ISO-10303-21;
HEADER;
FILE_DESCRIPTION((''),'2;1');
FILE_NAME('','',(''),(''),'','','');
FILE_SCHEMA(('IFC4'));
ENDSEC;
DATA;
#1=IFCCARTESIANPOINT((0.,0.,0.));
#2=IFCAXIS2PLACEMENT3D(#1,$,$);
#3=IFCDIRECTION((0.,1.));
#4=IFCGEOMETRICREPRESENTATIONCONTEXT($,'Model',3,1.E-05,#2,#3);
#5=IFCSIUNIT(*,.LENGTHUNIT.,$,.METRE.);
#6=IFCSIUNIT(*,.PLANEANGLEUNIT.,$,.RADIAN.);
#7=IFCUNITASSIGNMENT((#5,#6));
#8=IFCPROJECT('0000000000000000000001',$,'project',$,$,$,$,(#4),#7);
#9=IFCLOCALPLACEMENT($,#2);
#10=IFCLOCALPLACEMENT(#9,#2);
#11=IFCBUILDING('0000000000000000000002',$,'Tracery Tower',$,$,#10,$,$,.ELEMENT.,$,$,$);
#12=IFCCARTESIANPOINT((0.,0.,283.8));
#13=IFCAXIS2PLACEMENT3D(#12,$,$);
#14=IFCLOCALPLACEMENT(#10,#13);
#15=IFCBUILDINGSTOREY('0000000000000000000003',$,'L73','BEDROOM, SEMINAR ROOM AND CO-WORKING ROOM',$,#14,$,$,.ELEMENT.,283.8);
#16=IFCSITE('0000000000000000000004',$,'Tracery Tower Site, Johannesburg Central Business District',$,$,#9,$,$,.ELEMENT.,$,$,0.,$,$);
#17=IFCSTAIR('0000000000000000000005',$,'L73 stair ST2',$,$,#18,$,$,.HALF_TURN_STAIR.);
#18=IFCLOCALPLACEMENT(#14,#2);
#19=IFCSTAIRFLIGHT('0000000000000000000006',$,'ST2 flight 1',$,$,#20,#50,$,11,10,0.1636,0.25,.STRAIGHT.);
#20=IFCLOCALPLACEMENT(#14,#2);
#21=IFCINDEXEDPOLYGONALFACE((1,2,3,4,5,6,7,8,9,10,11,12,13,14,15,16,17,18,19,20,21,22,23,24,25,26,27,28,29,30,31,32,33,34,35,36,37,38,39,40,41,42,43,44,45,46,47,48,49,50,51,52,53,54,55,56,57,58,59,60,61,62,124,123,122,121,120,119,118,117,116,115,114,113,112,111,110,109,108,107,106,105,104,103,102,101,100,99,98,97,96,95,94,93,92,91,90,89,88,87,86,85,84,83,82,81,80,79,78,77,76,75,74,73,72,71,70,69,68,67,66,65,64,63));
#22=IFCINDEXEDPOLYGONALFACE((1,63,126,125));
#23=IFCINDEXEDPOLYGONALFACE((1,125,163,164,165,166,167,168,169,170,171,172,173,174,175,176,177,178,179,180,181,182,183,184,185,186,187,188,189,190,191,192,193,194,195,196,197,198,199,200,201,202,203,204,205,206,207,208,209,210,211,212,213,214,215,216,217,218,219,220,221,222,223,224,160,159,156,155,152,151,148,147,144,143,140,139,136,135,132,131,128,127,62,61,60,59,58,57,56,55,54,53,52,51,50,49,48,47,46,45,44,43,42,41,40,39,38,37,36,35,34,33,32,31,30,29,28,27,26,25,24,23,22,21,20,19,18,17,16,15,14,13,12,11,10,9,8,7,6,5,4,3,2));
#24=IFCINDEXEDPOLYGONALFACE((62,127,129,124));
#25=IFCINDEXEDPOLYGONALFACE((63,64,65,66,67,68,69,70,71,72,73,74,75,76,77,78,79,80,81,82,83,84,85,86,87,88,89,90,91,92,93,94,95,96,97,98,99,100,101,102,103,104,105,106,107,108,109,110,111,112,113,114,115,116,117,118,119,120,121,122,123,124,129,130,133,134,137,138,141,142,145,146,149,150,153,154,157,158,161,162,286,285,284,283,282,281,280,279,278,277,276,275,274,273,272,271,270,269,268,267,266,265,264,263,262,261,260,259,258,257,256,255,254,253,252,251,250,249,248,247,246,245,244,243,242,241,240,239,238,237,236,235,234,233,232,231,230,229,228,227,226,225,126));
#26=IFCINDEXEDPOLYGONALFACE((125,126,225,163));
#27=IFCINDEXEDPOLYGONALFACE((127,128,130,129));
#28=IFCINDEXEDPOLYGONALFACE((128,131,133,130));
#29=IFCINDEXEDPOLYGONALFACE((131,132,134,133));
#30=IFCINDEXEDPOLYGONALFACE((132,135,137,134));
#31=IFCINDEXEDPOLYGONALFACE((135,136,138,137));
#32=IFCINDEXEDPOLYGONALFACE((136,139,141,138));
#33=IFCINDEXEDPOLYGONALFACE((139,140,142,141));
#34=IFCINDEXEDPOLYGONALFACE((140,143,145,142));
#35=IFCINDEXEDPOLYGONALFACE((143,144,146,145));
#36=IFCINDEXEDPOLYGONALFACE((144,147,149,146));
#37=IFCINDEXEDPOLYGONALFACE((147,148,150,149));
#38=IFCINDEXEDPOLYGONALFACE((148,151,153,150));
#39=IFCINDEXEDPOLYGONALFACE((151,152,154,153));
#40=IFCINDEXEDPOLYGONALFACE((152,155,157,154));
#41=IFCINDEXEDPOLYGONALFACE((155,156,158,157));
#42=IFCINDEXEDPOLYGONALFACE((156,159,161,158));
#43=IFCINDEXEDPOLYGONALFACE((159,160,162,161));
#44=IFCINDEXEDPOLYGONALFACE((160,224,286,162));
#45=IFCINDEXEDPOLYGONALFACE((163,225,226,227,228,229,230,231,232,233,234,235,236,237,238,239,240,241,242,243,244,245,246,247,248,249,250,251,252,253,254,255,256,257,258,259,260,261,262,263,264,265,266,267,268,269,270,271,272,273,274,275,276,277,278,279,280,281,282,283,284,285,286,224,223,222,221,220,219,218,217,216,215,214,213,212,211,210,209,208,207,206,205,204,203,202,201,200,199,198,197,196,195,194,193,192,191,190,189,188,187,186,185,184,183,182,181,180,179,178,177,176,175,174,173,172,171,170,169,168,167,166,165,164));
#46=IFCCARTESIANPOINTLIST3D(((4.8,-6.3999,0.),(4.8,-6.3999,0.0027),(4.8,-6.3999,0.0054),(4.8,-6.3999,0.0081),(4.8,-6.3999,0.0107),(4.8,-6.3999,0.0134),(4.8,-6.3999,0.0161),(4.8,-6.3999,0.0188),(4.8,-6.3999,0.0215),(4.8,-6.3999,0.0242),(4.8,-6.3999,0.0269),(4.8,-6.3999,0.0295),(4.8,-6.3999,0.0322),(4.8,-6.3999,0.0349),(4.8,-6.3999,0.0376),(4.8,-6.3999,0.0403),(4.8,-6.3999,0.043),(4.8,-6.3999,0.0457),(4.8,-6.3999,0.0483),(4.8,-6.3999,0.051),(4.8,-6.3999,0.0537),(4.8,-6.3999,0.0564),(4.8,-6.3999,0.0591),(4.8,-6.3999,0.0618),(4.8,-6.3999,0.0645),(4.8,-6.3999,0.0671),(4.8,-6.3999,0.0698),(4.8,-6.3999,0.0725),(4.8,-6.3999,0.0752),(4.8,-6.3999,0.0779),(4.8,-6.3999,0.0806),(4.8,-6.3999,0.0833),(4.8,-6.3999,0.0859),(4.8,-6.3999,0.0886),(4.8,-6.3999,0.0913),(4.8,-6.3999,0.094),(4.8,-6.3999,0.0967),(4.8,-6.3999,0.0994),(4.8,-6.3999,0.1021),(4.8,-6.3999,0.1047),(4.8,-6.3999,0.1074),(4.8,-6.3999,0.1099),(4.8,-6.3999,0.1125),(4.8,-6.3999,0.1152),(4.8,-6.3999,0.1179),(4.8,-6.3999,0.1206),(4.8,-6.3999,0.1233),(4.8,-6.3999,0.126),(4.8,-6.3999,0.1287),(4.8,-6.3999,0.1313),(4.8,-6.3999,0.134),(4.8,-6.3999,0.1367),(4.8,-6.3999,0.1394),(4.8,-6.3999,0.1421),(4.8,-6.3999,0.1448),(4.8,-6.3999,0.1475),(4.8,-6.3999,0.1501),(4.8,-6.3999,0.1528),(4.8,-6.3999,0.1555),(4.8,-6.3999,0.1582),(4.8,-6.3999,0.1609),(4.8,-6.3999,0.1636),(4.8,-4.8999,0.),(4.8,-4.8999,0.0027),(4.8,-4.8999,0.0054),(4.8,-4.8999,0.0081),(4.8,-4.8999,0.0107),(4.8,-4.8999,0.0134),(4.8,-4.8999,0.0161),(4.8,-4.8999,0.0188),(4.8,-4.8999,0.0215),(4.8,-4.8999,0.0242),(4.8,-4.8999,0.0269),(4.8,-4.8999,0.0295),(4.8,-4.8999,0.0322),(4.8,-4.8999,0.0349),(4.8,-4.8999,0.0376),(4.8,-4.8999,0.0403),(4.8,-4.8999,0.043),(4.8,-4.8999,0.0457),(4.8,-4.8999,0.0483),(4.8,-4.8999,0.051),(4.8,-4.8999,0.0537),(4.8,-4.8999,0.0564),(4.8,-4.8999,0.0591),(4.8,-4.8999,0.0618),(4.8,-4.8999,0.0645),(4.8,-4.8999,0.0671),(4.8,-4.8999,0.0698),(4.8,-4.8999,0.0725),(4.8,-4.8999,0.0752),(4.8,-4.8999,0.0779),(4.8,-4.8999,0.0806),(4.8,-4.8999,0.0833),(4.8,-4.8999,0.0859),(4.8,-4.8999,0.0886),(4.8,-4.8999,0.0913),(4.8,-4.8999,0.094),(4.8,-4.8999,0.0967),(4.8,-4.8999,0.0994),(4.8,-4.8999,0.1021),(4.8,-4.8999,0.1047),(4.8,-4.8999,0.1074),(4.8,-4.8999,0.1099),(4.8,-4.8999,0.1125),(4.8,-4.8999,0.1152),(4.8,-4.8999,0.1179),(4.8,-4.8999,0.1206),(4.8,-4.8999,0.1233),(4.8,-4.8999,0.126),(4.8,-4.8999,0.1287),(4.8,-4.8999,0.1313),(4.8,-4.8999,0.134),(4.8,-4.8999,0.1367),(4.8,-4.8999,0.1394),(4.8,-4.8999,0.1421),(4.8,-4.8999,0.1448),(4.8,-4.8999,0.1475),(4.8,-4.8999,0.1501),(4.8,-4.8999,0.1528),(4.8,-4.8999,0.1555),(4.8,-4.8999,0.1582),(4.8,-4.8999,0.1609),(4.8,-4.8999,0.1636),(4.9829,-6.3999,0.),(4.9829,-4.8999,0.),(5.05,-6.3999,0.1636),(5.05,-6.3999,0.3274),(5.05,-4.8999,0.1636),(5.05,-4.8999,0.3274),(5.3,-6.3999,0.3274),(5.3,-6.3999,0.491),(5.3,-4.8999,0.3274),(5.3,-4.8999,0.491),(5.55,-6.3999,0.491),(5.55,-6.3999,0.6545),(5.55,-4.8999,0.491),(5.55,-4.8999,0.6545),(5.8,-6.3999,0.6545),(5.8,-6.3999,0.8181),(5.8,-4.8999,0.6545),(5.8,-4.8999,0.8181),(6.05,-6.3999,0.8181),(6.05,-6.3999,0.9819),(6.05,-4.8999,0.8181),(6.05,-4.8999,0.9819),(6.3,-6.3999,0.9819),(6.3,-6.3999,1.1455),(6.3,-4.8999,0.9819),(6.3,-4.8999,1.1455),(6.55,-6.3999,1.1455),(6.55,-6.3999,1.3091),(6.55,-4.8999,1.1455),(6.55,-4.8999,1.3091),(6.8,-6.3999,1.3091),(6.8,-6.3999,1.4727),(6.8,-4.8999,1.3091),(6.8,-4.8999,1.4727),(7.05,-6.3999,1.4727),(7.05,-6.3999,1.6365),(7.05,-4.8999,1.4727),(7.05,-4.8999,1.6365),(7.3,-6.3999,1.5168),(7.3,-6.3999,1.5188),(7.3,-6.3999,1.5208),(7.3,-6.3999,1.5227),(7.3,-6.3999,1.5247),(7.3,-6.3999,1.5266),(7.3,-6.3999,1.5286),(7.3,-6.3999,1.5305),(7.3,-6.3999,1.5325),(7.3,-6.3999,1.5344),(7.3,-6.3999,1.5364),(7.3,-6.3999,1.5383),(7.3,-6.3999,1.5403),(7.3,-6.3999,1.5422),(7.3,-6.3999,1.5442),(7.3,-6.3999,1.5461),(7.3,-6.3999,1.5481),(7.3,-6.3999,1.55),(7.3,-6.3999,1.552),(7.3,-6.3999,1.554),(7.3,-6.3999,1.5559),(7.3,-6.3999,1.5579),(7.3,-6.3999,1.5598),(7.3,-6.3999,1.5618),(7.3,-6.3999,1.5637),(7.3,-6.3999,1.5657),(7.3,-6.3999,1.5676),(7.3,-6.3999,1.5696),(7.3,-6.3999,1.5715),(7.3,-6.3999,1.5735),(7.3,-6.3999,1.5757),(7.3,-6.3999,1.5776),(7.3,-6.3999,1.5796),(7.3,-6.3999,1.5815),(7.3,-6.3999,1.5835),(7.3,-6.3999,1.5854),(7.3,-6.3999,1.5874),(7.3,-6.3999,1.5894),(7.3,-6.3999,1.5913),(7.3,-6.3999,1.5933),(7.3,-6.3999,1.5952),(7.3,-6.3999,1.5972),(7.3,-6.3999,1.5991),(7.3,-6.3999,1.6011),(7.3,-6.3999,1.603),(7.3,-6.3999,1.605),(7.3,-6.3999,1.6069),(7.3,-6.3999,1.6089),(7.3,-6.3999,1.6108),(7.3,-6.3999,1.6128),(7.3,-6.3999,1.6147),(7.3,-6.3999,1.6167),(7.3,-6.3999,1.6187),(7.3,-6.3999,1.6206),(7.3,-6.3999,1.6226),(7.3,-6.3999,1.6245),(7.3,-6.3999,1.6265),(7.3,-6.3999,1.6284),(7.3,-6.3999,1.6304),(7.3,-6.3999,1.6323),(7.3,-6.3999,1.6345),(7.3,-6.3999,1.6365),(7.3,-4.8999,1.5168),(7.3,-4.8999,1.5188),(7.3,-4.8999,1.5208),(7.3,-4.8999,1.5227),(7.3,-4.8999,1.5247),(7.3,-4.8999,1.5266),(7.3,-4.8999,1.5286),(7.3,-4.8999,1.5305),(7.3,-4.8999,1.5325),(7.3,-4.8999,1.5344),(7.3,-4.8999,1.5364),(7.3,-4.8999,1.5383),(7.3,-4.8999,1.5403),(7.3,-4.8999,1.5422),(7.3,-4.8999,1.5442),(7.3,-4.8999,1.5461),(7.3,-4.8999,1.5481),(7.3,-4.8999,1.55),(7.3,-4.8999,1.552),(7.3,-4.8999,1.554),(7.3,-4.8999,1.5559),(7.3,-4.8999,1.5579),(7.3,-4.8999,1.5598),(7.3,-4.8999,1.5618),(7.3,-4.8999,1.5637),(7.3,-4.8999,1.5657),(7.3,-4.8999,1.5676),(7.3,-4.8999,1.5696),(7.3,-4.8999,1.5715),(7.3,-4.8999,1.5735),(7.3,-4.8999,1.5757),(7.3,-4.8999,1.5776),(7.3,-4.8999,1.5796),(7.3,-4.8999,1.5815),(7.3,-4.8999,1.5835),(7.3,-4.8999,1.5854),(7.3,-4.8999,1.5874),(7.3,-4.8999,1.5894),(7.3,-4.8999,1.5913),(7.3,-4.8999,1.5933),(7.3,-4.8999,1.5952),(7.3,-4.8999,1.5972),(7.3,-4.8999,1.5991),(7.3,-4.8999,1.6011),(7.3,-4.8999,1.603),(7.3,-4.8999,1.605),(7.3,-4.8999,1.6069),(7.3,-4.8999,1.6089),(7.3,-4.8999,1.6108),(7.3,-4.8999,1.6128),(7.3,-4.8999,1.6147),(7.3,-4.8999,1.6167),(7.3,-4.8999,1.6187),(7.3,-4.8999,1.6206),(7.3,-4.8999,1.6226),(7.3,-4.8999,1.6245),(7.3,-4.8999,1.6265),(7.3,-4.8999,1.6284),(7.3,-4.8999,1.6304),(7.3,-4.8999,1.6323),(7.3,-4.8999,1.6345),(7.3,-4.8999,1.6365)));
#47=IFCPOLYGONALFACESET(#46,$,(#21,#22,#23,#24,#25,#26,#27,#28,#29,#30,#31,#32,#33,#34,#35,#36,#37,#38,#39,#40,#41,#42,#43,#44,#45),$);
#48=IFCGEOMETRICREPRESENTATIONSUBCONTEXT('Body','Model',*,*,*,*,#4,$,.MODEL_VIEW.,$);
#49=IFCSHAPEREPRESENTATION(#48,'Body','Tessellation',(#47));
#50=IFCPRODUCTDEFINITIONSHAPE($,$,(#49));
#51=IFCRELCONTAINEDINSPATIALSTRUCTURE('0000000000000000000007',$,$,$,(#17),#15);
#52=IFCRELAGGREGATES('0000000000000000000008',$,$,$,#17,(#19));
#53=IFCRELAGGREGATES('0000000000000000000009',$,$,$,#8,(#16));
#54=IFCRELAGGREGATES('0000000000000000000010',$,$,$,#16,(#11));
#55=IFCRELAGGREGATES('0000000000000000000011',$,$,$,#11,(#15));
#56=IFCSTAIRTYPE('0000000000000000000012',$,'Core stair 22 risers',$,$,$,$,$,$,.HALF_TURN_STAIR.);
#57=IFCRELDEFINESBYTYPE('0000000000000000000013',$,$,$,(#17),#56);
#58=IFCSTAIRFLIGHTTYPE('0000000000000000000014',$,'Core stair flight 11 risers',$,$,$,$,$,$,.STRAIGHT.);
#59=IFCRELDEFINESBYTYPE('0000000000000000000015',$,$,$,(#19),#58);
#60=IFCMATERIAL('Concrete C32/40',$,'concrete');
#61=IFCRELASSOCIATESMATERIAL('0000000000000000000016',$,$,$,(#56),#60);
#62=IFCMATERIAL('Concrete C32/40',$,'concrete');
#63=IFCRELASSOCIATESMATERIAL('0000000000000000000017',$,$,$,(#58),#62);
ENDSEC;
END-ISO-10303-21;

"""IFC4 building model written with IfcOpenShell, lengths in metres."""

from ifc_helpers import new_model, si_unit, direction, frame, origin, place, context, subcontext, project, spatial, polyline, outline, extrude, material, type_object, element, aggregate, save


model = new_model("IFC4")

# Units and contexts
model_context = context("Model", 3, precision=1e-05, world=origin(), true_north=direction((0.0, 1.0)))
body_context = subcontext(model_context, "Body", "Model", "MODEL_VIEW")
ifc_project = project(units=[si_unit("LENGTHUNIT", "METRE"), si_unit("PLANEANGLEUNIT", "RADIAN")], contexts=[model_context])

# Site, building, storey
site_placement = place(None, origin())
site = spatial("IfcSite", under=ifc_project, at=site_placement, Name="Tracery Tower Site, Johannesburg Central Business District", CompositionType="ELEMENT", RefElevation=0.0)
building_placement = place(site_placement, origin())
building = spatial("IfcBuilding", under=site, at=building_placement, Name="Tracery Tower", CompositionType="ELEMENT")
storey_placement = place(building_placement, frame((0.0, 0.0, 283.8)))
storey = spatial("IfcBuildingStorey", under=building, at=storey_placement, Name="L73", Description="BEDROOM, SEMINAR ROOM AND CO-WORKING ROOM", CompositionType="ELEMENT", Elevation=283.8)

# Stair, stair flight
ifc_material_1 = material(Name="Concrete C32/40", Category="concrete")
stair_type = type_object("IfcStairType", Name="Core stair 22 risers", PredefinedType="HALF_TURN_STAIR", material=ifc_material_1)
stair_placement = place(storey_placement, origin())
stair = element("IfcStair", 1, at=stair_placement, inside=storey, type_object=stair_type, Name="L73 stair ST2", PredefinedType="HALF_TURN_STAIR")
ifc_material_2 = material(Name="Concrete C32/40", Category="concrete")
stair_flight_type = type_object("IfcStairFlightType", Name="Core stair flight 11 risers", PredefinedType="STRAIGHT", material=ifc_material_2)
stair_flight_placement = place(storey_placement, frame((4.8, -5.6499, 0.0), z_axis=(0.0, 0.0, 1.0), x_axis=(1.0, 0.0, 0.0)))
stair_flight = element("IfcStairFlight", 2, at=stair_flight_placement, type_object=stair_flight_type, Name="ST2 flight 1", NumberOfRisers=11, NumberOfTreads=10, PredefinedType="STRAIGHT", RiserHeight=0.1636, TreadLength=0.25, context=body_context, shape_type="SweptSolid", body=[
    extrude(outline(polyline([(0.0, 0.0), (0.0, 0.0027), (0.0, 0.0054), (0.0, 0.0081), (0.0, 0.0107), (0.0, 0.0134), (0.0, 0.0161), (0.0, 0.0188), (0.0, 0.0215), (0.0, 0.0242), (0.0, 0.0269), (0.0, 0.0295), (0.0, 0.0322), (0.0, 0.0349), (0.0, 0.0376), (0.0, 0.0403), (0.0, 0.043), (0.0, 0.0457), (0.0, 0.0483), (0.0, 0.051), (0.0, 0.0537), (0.0, 0.0564), (0.0, 0.0591), (0.0, 0.0618), (0.0, 0.0645), (0.0, 0.0671), (0.0, 0.0698), (0.0, 0.0725), (0.0, 0.0752), (0.0, 0.0779), (0.0, 0.0806), (0.0, 0.0833), (0.0, 0.0859), (0.0, 0.0886), (0.0, 0.0913), (0.0, 0.094), (0.0, 0.0967), (0.0, 0.0994), (0.0, 0.1021), (0.0, 0.1047), (0.0, 0.1074), (0.0, 0.1099), (0.0, 0.1125), (0.0, 0.1152), (0.0, 0.1179), (0.0, 0.1206), (0.0, 0.1233), (0.0, 0.126), (0.0, 0.1287), (0.0, 0.1313), (0.0, 0.134), (0.0, 0.1367), (0.0, 0.1394), (0.0, 0.1421), (0.0, 0.1448), (0.0, 0.1475), (0.0, 0.1501), (0.0, 0.1528), (0.0, 0.1555), (0.0, 0.1582), (0.0, 0.1609), (0.0, 0.1636), (0.25, 0.1636), (0.25, 0.3274), (0.5, 0.3274), (0.5, 0.491), (0.75, 0.491), (0.75, 0.6545), (1.0, 0.6545), (1.0, 0.8181), (1.25, 0.8181), (1.25, 0.9819), (1.5, 0.9819), (1.5, 1.1455), (1.75, 1.1455), (1.75, 1.3091), (2.0, 1.3091), (2.0, 1.4727), (2.25, 1.4727), (2.25, 1.6365), (2.5, 1.6365), (2.5, 1.6345), (2.5, 1.6323), (2.5, 1.6304), (2.5, 1.6284), (2.5, 1.6265), (2.5, 1.6245), (2.5, 1.6226), (2.5, 1.6206), (2.5, 1.6187), (2.5, 1.6167), (2.5, 1.6147), (2.5, 1.6128), (2.5, 1.6108), (2.5, 1.6089), (2.5, 1.6069), (2.5, 1.605), (2.5, 1.603), (2.5, 1.6011), (2.5, 1.5991), (2.5, 1.5972), (2.5, 1.5952), (2.5, 1.5933), (2.5, 1.5913), (2.5, 1.5894), (2.5, 1.5874), (2.5, 1.5854), (2.5, 1.5835), (2.5, 1.5815), (2.5, 1.5796), (2.5, 1.5776), (2.5, 1.5757), (2.5, 1.5735), (2.5, 1.5715), (2.5, 1.5696), (2.5, 1.5676), (2.5, 1.5657), (2.5, 1.5637), (2.5, 1.5618), (2.5, 1.5598), (2.5, 1.5579), (2.5, 1.5559), (2.5, 1.554), (2.5, 1.552), (2.5, 1.55), (2.5, 1.5481), (2.5, 1.5461), (2.5, 1.5442), (2.5, 1.5422), (2.5, 1.5403), (2.5, 1.5383), (2.5, 1.5364), (2.5, 1.5344), (2.5, 1.5325), (2.5, 1.5305), (2.5, 1.5286), (2.5, 1.5266), (2.5, 1.5247), (2.5, 1.5227), (2.5, 1.5208), (2.5, 1.5188), (2.5, 1.5168), (0.1829, 0.0), (0.0, 0.0)])), frame((0.0, 0.75, 0.0), z_axis=(0.0, -1.0, 0.0), x_axis=(1.0, 0.0, 0.0)), (0.0, 0.0, 1.0), 1.5),
])
aggregate(stair, [stair_flight])

save(model, "model.ifc")
